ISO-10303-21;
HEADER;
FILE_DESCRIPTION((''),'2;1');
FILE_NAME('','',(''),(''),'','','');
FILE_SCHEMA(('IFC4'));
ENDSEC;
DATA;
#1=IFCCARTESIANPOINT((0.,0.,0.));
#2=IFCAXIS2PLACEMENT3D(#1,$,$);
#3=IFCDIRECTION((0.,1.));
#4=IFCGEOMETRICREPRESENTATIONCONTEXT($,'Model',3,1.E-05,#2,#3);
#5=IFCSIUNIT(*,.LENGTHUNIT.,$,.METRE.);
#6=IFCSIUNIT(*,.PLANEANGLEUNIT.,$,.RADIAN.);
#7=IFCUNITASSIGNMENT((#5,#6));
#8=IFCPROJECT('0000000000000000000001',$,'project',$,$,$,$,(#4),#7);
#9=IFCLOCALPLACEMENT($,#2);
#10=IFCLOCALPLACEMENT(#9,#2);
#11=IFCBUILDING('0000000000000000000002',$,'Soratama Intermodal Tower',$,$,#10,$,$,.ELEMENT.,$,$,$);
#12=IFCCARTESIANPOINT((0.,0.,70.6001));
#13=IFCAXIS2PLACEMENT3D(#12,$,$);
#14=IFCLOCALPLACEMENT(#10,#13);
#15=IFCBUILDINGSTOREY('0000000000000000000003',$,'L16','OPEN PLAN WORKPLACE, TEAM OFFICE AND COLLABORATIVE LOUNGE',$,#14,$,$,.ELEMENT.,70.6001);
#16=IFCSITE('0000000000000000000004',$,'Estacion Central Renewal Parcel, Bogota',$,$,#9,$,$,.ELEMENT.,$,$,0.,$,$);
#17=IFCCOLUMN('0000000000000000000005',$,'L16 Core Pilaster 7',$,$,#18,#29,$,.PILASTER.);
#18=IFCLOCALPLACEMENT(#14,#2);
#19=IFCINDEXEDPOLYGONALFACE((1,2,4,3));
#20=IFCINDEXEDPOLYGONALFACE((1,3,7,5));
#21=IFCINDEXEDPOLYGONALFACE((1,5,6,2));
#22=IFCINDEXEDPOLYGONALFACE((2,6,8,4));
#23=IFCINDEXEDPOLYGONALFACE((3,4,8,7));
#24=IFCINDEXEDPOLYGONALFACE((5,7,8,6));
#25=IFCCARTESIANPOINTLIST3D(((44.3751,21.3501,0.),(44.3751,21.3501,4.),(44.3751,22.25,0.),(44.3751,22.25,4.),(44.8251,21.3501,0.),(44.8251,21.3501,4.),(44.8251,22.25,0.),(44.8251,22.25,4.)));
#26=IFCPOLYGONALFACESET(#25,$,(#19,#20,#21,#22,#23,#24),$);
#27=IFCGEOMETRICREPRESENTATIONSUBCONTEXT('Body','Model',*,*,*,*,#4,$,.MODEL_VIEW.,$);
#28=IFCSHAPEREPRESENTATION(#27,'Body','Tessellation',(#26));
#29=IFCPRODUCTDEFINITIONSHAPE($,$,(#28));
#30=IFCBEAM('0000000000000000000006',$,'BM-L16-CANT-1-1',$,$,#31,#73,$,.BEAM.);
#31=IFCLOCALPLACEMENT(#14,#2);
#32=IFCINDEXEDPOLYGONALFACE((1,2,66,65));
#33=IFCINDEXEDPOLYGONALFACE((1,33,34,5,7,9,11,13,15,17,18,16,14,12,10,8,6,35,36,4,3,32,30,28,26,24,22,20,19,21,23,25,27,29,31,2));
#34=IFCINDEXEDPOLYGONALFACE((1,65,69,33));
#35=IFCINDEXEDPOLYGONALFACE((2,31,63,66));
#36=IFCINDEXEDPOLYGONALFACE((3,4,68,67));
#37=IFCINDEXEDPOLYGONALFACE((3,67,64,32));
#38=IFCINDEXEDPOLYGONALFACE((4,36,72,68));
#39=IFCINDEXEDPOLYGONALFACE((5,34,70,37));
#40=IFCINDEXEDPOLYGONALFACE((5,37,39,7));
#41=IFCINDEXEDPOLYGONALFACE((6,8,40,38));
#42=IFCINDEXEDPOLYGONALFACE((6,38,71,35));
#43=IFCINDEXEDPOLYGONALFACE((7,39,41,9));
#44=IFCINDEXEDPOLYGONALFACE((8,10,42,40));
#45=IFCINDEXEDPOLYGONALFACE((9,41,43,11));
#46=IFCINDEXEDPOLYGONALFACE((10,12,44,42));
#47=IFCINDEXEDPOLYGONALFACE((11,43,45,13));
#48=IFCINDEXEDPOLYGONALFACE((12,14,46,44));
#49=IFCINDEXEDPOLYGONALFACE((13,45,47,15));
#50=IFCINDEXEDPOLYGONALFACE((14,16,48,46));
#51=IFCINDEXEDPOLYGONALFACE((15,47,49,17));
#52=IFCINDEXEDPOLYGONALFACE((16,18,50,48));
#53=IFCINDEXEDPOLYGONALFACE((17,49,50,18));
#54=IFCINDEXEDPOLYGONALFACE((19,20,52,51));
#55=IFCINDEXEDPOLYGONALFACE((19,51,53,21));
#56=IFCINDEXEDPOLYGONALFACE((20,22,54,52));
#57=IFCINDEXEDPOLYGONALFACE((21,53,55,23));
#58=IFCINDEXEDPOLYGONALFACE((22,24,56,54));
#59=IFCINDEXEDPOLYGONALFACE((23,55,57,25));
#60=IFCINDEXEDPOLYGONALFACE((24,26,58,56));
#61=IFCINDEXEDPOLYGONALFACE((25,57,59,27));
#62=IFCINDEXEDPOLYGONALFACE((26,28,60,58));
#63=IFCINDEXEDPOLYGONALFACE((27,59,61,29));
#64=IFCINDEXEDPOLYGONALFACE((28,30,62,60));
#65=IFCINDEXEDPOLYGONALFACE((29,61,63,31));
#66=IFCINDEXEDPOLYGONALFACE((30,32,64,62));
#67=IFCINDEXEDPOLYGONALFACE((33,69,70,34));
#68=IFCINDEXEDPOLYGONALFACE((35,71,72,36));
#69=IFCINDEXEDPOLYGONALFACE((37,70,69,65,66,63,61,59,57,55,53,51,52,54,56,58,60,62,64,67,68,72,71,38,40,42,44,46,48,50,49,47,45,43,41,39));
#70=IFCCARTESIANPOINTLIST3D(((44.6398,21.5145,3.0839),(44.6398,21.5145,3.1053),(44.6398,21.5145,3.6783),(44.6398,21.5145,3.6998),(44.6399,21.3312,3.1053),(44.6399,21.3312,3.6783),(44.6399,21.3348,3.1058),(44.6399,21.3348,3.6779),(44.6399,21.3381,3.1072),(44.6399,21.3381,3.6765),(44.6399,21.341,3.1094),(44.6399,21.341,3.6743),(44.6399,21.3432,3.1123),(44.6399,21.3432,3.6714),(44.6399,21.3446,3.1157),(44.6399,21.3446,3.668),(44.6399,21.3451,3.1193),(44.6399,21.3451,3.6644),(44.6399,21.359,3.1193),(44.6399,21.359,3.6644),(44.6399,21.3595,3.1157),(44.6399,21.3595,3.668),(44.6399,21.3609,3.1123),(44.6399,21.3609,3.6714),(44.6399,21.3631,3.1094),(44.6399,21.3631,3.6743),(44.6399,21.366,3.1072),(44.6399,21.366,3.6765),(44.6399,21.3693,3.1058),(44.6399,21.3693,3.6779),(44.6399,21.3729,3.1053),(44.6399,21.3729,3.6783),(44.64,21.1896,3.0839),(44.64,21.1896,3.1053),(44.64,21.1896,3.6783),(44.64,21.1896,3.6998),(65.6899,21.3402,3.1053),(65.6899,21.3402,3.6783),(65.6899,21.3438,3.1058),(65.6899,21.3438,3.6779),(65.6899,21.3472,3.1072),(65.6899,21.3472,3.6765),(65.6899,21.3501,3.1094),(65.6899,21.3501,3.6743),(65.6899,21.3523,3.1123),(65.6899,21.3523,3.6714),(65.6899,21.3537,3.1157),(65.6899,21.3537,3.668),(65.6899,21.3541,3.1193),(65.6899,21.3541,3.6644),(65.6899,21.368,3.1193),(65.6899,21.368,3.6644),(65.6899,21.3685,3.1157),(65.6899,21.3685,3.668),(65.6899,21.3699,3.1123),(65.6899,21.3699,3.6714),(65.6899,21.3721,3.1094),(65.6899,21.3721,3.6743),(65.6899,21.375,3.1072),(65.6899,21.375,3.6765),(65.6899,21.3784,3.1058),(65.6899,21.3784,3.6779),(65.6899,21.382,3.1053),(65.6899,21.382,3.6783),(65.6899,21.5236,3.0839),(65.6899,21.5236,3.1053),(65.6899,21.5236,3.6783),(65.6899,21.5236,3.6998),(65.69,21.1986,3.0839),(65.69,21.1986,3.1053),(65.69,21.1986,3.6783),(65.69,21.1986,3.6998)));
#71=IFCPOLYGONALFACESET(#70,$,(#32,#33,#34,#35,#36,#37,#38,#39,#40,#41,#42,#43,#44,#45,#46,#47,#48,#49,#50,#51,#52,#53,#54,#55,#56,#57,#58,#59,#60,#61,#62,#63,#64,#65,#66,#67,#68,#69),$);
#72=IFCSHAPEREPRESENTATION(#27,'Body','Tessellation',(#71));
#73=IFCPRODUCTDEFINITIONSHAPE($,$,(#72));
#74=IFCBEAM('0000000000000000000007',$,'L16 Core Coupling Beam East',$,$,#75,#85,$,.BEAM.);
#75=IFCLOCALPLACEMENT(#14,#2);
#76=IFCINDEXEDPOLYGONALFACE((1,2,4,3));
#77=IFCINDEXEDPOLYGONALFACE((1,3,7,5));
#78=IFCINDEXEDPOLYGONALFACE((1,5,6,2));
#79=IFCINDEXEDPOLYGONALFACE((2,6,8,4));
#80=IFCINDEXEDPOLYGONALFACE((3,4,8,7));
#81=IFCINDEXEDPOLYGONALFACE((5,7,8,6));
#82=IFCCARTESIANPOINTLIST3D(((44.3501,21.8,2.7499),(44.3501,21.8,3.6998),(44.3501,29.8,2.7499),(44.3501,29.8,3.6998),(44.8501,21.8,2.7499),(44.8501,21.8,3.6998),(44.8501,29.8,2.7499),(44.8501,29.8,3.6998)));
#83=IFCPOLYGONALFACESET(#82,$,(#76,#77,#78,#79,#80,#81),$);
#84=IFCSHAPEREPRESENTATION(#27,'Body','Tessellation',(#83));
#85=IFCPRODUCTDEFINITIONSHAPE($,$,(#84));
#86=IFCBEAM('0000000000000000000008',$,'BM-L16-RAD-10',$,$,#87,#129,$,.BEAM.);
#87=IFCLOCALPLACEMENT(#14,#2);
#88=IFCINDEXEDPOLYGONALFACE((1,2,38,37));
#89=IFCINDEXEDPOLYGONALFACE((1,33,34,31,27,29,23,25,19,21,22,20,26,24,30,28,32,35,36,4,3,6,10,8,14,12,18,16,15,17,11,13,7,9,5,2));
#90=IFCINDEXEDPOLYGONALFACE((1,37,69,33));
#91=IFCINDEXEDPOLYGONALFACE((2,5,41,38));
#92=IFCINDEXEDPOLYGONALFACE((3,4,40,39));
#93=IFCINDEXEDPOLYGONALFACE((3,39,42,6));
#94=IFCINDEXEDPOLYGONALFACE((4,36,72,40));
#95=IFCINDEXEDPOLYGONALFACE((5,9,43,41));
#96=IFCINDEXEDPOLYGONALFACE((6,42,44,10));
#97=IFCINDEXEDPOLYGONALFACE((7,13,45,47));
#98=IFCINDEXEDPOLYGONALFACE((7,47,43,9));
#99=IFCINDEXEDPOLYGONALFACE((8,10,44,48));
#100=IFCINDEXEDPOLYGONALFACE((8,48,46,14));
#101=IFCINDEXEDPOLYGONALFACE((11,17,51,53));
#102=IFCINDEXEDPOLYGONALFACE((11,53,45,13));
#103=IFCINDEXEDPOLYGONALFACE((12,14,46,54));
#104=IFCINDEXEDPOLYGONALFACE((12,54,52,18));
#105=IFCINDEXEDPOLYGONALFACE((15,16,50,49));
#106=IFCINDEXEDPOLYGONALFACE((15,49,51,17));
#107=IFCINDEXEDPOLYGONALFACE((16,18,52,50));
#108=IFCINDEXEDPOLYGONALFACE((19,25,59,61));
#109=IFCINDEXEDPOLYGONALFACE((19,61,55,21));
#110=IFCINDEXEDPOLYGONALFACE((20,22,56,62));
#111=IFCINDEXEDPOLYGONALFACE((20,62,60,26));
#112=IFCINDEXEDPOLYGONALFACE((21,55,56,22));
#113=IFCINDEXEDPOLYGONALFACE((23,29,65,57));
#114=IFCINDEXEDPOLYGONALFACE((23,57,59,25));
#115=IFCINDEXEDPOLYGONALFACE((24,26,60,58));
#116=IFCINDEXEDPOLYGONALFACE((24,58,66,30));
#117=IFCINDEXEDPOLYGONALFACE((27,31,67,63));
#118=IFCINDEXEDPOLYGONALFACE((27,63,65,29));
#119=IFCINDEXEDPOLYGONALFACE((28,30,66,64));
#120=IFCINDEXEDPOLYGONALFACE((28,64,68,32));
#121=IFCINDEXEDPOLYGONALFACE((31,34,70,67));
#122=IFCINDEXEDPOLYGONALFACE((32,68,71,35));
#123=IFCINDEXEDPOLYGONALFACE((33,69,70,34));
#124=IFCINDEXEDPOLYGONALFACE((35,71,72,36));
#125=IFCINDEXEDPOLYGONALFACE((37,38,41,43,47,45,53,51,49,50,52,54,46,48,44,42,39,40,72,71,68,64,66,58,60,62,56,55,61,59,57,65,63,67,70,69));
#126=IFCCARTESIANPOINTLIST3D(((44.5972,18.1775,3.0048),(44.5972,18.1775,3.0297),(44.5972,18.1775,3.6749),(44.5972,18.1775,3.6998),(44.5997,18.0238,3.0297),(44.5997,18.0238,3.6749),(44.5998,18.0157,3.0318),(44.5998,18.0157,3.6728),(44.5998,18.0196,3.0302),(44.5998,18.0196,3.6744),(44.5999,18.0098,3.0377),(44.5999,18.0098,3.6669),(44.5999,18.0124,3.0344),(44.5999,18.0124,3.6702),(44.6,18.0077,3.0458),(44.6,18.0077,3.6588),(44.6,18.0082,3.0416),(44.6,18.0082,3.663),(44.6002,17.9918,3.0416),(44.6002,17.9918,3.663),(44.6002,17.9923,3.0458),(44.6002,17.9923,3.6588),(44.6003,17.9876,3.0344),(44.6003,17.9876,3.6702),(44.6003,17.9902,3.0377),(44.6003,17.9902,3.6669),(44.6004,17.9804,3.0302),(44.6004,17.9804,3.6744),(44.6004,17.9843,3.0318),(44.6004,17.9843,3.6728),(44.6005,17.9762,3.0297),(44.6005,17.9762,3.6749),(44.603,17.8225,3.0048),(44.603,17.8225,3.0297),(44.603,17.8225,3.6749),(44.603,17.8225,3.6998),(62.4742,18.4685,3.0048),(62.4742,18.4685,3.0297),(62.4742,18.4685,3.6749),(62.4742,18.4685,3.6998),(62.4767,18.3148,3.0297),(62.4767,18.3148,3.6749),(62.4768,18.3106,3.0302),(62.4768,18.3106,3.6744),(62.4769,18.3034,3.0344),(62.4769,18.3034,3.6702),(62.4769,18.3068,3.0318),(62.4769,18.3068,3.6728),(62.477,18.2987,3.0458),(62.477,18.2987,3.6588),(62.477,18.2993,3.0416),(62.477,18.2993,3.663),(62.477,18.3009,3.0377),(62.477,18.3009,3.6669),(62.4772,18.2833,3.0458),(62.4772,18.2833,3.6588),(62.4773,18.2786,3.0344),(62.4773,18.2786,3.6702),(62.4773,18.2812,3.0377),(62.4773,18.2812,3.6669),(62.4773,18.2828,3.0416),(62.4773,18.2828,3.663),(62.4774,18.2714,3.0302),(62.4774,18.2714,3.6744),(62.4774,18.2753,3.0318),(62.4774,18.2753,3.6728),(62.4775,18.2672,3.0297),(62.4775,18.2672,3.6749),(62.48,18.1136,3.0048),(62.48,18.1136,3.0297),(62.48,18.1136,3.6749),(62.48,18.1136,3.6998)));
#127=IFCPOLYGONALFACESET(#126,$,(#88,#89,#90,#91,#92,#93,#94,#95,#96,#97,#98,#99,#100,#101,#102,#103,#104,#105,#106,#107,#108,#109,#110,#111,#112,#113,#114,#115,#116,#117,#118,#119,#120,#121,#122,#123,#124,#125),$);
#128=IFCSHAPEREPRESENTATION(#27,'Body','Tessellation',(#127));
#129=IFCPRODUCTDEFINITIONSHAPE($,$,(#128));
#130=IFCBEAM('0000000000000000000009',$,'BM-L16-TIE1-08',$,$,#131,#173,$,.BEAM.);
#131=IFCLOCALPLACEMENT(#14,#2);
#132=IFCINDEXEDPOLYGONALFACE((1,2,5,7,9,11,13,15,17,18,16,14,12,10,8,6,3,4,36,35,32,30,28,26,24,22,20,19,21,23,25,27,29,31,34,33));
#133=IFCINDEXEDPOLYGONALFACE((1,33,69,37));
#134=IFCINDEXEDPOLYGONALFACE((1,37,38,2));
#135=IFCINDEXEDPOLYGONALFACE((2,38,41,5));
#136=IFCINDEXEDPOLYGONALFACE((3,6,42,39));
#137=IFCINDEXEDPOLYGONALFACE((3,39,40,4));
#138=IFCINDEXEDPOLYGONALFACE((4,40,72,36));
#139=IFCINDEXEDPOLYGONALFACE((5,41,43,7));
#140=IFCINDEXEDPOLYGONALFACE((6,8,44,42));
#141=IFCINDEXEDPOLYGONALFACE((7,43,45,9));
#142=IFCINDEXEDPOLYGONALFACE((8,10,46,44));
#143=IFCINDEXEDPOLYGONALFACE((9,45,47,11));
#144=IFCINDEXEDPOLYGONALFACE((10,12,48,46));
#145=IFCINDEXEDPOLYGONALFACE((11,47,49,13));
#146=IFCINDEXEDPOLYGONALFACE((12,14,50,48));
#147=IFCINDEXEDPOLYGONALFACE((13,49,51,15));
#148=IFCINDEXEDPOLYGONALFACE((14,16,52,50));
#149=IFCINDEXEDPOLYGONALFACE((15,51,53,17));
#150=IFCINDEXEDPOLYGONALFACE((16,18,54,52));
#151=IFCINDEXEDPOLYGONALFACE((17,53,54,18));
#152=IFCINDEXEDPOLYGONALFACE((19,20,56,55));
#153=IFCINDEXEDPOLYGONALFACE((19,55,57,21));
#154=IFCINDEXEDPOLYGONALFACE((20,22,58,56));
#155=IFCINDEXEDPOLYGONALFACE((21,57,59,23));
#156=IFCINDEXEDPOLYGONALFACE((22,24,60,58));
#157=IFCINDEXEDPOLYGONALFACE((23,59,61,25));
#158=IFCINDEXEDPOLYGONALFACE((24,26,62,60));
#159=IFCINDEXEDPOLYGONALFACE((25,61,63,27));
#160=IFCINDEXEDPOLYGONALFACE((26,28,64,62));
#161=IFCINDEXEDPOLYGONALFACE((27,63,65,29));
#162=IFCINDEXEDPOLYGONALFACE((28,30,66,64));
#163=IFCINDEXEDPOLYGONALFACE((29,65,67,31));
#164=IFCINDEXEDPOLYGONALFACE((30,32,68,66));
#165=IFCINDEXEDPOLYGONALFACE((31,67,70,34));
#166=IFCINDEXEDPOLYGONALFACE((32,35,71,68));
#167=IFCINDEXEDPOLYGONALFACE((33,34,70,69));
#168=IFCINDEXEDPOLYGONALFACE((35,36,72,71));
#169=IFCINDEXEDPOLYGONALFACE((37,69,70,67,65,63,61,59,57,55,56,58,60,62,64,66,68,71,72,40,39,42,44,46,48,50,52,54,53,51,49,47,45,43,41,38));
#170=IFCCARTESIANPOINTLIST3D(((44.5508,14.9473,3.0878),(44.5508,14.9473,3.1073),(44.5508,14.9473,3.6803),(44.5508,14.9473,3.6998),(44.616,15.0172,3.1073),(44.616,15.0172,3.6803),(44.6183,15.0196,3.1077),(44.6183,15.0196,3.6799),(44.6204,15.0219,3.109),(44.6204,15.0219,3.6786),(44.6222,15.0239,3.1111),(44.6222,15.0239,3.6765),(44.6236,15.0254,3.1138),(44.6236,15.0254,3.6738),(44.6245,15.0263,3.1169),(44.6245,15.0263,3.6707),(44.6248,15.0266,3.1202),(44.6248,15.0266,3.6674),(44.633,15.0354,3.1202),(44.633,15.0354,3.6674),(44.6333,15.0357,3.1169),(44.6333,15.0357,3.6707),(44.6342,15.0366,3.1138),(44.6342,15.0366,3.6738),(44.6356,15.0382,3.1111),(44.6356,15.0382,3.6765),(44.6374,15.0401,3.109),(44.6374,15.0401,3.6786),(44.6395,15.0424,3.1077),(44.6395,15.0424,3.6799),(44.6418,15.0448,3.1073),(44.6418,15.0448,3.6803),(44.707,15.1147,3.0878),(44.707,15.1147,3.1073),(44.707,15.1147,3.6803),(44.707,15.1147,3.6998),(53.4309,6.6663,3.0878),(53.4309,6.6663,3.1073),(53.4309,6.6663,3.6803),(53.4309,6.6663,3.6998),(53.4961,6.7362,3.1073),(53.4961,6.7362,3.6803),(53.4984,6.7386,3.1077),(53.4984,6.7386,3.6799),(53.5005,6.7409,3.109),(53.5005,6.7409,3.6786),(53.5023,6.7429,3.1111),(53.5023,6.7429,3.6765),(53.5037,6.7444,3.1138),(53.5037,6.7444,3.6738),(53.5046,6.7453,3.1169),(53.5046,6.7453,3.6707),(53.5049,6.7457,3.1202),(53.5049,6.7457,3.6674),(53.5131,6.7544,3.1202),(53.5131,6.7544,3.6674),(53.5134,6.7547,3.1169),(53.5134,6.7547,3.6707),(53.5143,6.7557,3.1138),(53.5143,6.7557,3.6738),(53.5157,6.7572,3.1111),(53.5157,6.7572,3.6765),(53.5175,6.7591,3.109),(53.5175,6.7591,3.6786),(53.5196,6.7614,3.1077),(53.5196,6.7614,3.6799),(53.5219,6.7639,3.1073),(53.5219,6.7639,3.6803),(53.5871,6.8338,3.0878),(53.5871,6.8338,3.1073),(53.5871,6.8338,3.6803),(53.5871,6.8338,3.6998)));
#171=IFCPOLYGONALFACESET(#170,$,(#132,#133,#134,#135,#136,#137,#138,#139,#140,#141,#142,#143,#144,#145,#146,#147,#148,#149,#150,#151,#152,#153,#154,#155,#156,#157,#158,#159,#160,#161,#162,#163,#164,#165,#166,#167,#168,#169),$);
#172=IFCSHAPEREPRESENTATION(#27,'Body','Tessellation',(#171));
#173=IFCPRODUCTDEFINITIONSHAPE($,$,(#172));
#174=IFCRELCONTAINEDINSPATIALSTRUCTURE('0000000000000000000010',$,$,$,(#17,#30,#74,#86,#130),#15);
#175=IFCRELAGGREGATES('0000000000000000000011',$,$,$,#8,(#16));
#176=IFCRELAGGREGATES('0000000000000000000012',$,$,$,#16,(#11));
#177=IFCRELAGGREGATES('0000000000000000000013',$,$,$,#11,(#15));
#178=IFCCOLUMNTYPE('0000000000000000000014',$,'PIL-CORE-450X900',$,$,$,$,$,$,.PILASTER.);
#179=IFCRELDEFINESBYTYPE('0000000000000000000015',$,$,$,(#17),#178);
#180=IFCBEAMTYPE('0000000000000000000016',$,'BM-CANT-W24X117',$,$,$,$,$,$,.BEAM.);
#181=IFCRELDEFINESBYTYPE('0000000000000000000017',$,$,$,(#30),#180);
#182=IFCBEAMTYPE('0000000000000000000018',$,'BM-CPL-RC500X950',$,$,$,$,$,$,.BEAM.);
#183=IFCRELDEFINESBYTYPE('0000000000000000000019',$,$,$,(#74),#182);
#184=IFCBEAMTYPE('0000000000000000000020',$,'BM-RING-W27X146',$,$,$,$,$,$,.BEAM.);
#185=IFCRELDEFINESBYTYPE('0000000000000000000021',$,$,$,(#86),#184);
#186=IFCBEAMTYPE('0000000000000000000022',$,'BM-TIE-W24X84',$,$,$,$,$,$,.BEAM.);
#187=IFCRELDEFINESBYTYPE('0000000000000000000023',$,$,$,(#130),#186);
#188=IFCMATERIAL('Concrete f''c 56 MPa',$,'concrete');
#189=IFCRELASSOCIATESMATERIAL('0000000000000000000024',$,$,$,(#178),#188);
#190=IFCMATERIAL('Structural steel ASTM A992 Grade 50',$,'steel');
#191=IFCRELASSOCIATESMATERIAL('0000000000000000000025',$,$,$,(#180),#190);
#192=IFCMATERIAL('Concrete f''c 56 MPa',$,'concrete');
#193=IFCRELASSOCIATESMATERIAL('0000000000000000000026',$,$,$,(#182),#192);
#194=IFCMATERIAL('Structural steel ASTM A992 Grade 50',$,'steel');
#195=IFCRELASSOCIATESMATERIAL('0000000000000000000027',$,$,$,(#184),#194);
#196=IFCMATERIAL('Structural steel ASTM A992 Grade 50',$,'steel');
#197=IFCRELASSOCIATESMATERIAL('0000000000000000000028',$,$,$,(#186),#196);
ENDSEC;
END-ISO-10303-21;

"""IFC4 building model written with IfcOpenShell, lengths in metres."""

from ifc_helpers import new_model, si_unit, direction, frame, origin, origin_2d, place, context, subcontext, project, spatial, rectangle, i_section, extrude, material, material_profile, profile_set, type_object, element, save


model = new_model("IFC4")

# Units and contexts
model_context = context("Model", 3, precision=1e-05, world=origin(), true_north=direction((0.0, 1.0)))
body_context = subcontext(model_context, "Body", "Model", "MODEL_VIEW")
ifc_project = project(units=[si_unit("LENGTHUNIT", "METRE"), si_unit("PLANEANGLEUNIT", "RADIAN")], contexts=[model_context])

# Site, building, storey
site_placement = place(None, origin())
site = spatial("IfcSite", under=ifc_project, at=site_placement, Name="Estacion Central Renewal Parcel, Bogota", CompositionType="ELEMENT", RefElevation=0.0)
building_placement = place(site_placement, origin())
building = spatial("IfcBuilding", under=site, at=building_placement, Name="Soratama Intermodal Tower", CompositionType="ELEMENT")
storey_placement = place(building_placement, frame((0.0, 0.0, 70.6001)))
storey = spatial("IfcBuildingStorey", under=building, at=storey_placement, Name="L16", Description="OPEN PLAN WORKPLACE, TEAM OFFICE AND COLLABORATIVE LOUNGE", CompositionType="ELEMENT", Elevation=70.6001)

# Column
ifc_material_1 = material(Name="Concrete f'c 56 MPa", Category="concrete")
ifc_material_profile_1 = material_profile(ifc_material_1, rectangle(XDim=0.45, YDim=0.8999, at=origin_2d()), Name="RC450X900")
ifc_profile_set_1 = profile_set([ifc_material_profile_1], Name="Concrete f'c 56 MPa")
column_type = type_object("IfcColumnType", Name="PIL-CORE-450X900", PredefinedType="PILASTER", material=ifc_profile_set_1)
column_placement = place(storey_placement, frame((44.6001, 21.8, 0.0), z_axis=(0.0, 0.0, 1.0), x_axis=(1.0, 0.0, 0.0)))
element("IfcColumn", 1, at=column_placement, inside=storey, type_object=column_type, Name="L16 Core Pilaster 7", PredefinedType="PILASTER", context=body_context, shape_type="SweptSolid", body=[
    extrude(rectangle(XDim=0.45, YDim=0.8999, at=origin_2d()), origin(), (0.0, 0.0, 1.0), 4.0),
])

# Beams
ifc_material_2 = material(Name="Structural steel ASTM A992 Grade 50", Category="steel")
ifc_material_profile_2 = material_profile(ifc_material_2, i_section(OverallWidth=0.325, OverallDepth=0.616, WebThickness=0.0139, FlangeThickness=0.0215, FilletRadius=0.0139, at=origin_2d()), Name="W24X117")
ifc_profile_set_2 = profile_set([ifc_material_profile_2], Name="Structural steel ASTM A992 Grade 50")
beam_type_1 = type_object("IfcBeamType", Name="BM-CANT-W24X117", PredefinedType="BEAM", material=ifc_profile_set_2)
beam_1_placement = place(storey_placement, frame((44.6399, 21.3521, 3.3918), z_axis=(1.0, 0.000429, 0.0), x_axis=(-0.000429, 1.0, 0.0)))
element("IfcBeam", 2, at=beam_1_placement, inside=storey, type_object=beam_type_1, Name="BM-L16-CANT-1-1", PredefinedType="BEAM", context=body_context, shape_type="SweptSolid", body=[
    extrude(i_section(OverallWidth=0.325, OverallDepth=0.616, WebThickness=0.0139, FlangeThickness=0.0215, FilletRadius=0.0139, at=origin_2d()), origin(), (0.0, 0.0, 1.0), 21.05),
])
ifc_material_3 = material(Name="Concrete f'c 56 MPa", Category="concrete")
ifc_material_profile_3 = material_profile(ifc_material_3, rectangle(XDim=0.5, YDim=0.95, at=origin_2d()), Name="RC500X950")
ifc_profile_set_3 = profile_set([ifc_material_profile_3], Name="Concrete f'c 56 MPa")
beam_type_2 = type_object("IfcBeamType", Name="BM-CPL-RC500X950", PredefinedType="BEAM", material=ifc_profile_set_3)
beam_2_placement = place(storey_placement, frame((44.6001, 21.8, 3.2249), z_axis=(0.0, 1.0, 0.0), x_axis=(-1.0, 0.0, 0.0)))
element("IfcBeam", 3, at=beam_2_placement, inside=storey, type_object=beam_type_2, Name="L16 Core Coupling Beam East", PredefinedType="BEAM", context=body_context, shape_type="SweptSolid", body=[
    extrude(rectangle(XDim=0.5, YDim=0.95, at=origin_2d()), origin(), (0.0, 0.0, 1.0), 8.0),
])
ifc_material_4 = material(Name="Structural steel ASTM A992 Grade 50", Category="steel")
ifc_material_profile_4 = material_profile(ifc_material_4, i_section(OverallWidth=0.355, OverallDepth=0.6951, WebThickness=0.0154, FlangeThickness=0.0249, FilletRadius=0.0161, at=origin_2d()), Name="W27X146")
ifc_profile_set_4 = profile_set([ifc_material_profile_4], Name="Structural steel ASTM A992 Grade 50")
beam_type_3 = type_object("IfcBeamType", Name="BM-RING-W27X146", PredefinedType="BEAM", material=ifc_profile_set_4)
beam_3_placement = place(storey_placement, frame((44.6001, 18.0, 3.3523), z_axis=(0.999868, 0.016277, 0.0), x_axis=(-0.016277, 0.999868, 0.0)))
element("IfcBeam", 4, at=beam_3_placement, inside=storey, type_object=beam_type_3, Name="BM-L16-RAD-10", PredefinedType="BEAM", context=body_context, shape_type="SweptSolid", body=[
    extrude(i_section(OverallWidth=0.355, OverallDepth=0.6951, WebThickness=0.0154, FlangeThickness=0.0249, FilletRadius=0.0161, at=origin_2d()), origin(), (0.0, 0.0, 1.0), 17.8794),
])
ifc_material_5 = material(Name="Structural steel ASTM A992 Grade 50", Category="steel")
ifc_material_profile_5 = material_profile(ifc_material_5, i_section(OverallWidth=0.229, OverallDepth=0.6121, WebThickness=0.012, FlangeThickness=0.0195, FilletRadius=0.0129, at=origin_2d()), Name="W24X84")
ifc_profile_set_5 = profile_set([ifc_material_profile_5], Name="Structural steel ASTM A992 Grade 50")
beam_type_4 = type_object("IfcBeamType", Name="BM-TIE-W24X84", PredefinedType="BEAM", material=ifc_profile_set_5)
beam_4_placement = place(storey_placement, frame((44.6289, 15.031, 3.3938), z_axis=(0.731347, -0.682005, 0.0), x_axis=(0.682005, 0.731347, 0.0)))
element("IfcBeam", 5, at=beam_4_placement, inside=storey, type_object=beam_type_4, Name="BM-L16-TIE1-08", PredefinedType="BEAM", context=body_context, shape_type="SweptSolid", body=[
    extrude(i_section(OverallWidth=0.229, OverallDepth=0.6121, WebThickness=0.012, FlangeThickness=0.0195, FilletRadius=0.0129, at=origin_2d()), origin(), (0.0, 0.0, 1.0), 12.1421),
])

save(model, "model.ifc")
